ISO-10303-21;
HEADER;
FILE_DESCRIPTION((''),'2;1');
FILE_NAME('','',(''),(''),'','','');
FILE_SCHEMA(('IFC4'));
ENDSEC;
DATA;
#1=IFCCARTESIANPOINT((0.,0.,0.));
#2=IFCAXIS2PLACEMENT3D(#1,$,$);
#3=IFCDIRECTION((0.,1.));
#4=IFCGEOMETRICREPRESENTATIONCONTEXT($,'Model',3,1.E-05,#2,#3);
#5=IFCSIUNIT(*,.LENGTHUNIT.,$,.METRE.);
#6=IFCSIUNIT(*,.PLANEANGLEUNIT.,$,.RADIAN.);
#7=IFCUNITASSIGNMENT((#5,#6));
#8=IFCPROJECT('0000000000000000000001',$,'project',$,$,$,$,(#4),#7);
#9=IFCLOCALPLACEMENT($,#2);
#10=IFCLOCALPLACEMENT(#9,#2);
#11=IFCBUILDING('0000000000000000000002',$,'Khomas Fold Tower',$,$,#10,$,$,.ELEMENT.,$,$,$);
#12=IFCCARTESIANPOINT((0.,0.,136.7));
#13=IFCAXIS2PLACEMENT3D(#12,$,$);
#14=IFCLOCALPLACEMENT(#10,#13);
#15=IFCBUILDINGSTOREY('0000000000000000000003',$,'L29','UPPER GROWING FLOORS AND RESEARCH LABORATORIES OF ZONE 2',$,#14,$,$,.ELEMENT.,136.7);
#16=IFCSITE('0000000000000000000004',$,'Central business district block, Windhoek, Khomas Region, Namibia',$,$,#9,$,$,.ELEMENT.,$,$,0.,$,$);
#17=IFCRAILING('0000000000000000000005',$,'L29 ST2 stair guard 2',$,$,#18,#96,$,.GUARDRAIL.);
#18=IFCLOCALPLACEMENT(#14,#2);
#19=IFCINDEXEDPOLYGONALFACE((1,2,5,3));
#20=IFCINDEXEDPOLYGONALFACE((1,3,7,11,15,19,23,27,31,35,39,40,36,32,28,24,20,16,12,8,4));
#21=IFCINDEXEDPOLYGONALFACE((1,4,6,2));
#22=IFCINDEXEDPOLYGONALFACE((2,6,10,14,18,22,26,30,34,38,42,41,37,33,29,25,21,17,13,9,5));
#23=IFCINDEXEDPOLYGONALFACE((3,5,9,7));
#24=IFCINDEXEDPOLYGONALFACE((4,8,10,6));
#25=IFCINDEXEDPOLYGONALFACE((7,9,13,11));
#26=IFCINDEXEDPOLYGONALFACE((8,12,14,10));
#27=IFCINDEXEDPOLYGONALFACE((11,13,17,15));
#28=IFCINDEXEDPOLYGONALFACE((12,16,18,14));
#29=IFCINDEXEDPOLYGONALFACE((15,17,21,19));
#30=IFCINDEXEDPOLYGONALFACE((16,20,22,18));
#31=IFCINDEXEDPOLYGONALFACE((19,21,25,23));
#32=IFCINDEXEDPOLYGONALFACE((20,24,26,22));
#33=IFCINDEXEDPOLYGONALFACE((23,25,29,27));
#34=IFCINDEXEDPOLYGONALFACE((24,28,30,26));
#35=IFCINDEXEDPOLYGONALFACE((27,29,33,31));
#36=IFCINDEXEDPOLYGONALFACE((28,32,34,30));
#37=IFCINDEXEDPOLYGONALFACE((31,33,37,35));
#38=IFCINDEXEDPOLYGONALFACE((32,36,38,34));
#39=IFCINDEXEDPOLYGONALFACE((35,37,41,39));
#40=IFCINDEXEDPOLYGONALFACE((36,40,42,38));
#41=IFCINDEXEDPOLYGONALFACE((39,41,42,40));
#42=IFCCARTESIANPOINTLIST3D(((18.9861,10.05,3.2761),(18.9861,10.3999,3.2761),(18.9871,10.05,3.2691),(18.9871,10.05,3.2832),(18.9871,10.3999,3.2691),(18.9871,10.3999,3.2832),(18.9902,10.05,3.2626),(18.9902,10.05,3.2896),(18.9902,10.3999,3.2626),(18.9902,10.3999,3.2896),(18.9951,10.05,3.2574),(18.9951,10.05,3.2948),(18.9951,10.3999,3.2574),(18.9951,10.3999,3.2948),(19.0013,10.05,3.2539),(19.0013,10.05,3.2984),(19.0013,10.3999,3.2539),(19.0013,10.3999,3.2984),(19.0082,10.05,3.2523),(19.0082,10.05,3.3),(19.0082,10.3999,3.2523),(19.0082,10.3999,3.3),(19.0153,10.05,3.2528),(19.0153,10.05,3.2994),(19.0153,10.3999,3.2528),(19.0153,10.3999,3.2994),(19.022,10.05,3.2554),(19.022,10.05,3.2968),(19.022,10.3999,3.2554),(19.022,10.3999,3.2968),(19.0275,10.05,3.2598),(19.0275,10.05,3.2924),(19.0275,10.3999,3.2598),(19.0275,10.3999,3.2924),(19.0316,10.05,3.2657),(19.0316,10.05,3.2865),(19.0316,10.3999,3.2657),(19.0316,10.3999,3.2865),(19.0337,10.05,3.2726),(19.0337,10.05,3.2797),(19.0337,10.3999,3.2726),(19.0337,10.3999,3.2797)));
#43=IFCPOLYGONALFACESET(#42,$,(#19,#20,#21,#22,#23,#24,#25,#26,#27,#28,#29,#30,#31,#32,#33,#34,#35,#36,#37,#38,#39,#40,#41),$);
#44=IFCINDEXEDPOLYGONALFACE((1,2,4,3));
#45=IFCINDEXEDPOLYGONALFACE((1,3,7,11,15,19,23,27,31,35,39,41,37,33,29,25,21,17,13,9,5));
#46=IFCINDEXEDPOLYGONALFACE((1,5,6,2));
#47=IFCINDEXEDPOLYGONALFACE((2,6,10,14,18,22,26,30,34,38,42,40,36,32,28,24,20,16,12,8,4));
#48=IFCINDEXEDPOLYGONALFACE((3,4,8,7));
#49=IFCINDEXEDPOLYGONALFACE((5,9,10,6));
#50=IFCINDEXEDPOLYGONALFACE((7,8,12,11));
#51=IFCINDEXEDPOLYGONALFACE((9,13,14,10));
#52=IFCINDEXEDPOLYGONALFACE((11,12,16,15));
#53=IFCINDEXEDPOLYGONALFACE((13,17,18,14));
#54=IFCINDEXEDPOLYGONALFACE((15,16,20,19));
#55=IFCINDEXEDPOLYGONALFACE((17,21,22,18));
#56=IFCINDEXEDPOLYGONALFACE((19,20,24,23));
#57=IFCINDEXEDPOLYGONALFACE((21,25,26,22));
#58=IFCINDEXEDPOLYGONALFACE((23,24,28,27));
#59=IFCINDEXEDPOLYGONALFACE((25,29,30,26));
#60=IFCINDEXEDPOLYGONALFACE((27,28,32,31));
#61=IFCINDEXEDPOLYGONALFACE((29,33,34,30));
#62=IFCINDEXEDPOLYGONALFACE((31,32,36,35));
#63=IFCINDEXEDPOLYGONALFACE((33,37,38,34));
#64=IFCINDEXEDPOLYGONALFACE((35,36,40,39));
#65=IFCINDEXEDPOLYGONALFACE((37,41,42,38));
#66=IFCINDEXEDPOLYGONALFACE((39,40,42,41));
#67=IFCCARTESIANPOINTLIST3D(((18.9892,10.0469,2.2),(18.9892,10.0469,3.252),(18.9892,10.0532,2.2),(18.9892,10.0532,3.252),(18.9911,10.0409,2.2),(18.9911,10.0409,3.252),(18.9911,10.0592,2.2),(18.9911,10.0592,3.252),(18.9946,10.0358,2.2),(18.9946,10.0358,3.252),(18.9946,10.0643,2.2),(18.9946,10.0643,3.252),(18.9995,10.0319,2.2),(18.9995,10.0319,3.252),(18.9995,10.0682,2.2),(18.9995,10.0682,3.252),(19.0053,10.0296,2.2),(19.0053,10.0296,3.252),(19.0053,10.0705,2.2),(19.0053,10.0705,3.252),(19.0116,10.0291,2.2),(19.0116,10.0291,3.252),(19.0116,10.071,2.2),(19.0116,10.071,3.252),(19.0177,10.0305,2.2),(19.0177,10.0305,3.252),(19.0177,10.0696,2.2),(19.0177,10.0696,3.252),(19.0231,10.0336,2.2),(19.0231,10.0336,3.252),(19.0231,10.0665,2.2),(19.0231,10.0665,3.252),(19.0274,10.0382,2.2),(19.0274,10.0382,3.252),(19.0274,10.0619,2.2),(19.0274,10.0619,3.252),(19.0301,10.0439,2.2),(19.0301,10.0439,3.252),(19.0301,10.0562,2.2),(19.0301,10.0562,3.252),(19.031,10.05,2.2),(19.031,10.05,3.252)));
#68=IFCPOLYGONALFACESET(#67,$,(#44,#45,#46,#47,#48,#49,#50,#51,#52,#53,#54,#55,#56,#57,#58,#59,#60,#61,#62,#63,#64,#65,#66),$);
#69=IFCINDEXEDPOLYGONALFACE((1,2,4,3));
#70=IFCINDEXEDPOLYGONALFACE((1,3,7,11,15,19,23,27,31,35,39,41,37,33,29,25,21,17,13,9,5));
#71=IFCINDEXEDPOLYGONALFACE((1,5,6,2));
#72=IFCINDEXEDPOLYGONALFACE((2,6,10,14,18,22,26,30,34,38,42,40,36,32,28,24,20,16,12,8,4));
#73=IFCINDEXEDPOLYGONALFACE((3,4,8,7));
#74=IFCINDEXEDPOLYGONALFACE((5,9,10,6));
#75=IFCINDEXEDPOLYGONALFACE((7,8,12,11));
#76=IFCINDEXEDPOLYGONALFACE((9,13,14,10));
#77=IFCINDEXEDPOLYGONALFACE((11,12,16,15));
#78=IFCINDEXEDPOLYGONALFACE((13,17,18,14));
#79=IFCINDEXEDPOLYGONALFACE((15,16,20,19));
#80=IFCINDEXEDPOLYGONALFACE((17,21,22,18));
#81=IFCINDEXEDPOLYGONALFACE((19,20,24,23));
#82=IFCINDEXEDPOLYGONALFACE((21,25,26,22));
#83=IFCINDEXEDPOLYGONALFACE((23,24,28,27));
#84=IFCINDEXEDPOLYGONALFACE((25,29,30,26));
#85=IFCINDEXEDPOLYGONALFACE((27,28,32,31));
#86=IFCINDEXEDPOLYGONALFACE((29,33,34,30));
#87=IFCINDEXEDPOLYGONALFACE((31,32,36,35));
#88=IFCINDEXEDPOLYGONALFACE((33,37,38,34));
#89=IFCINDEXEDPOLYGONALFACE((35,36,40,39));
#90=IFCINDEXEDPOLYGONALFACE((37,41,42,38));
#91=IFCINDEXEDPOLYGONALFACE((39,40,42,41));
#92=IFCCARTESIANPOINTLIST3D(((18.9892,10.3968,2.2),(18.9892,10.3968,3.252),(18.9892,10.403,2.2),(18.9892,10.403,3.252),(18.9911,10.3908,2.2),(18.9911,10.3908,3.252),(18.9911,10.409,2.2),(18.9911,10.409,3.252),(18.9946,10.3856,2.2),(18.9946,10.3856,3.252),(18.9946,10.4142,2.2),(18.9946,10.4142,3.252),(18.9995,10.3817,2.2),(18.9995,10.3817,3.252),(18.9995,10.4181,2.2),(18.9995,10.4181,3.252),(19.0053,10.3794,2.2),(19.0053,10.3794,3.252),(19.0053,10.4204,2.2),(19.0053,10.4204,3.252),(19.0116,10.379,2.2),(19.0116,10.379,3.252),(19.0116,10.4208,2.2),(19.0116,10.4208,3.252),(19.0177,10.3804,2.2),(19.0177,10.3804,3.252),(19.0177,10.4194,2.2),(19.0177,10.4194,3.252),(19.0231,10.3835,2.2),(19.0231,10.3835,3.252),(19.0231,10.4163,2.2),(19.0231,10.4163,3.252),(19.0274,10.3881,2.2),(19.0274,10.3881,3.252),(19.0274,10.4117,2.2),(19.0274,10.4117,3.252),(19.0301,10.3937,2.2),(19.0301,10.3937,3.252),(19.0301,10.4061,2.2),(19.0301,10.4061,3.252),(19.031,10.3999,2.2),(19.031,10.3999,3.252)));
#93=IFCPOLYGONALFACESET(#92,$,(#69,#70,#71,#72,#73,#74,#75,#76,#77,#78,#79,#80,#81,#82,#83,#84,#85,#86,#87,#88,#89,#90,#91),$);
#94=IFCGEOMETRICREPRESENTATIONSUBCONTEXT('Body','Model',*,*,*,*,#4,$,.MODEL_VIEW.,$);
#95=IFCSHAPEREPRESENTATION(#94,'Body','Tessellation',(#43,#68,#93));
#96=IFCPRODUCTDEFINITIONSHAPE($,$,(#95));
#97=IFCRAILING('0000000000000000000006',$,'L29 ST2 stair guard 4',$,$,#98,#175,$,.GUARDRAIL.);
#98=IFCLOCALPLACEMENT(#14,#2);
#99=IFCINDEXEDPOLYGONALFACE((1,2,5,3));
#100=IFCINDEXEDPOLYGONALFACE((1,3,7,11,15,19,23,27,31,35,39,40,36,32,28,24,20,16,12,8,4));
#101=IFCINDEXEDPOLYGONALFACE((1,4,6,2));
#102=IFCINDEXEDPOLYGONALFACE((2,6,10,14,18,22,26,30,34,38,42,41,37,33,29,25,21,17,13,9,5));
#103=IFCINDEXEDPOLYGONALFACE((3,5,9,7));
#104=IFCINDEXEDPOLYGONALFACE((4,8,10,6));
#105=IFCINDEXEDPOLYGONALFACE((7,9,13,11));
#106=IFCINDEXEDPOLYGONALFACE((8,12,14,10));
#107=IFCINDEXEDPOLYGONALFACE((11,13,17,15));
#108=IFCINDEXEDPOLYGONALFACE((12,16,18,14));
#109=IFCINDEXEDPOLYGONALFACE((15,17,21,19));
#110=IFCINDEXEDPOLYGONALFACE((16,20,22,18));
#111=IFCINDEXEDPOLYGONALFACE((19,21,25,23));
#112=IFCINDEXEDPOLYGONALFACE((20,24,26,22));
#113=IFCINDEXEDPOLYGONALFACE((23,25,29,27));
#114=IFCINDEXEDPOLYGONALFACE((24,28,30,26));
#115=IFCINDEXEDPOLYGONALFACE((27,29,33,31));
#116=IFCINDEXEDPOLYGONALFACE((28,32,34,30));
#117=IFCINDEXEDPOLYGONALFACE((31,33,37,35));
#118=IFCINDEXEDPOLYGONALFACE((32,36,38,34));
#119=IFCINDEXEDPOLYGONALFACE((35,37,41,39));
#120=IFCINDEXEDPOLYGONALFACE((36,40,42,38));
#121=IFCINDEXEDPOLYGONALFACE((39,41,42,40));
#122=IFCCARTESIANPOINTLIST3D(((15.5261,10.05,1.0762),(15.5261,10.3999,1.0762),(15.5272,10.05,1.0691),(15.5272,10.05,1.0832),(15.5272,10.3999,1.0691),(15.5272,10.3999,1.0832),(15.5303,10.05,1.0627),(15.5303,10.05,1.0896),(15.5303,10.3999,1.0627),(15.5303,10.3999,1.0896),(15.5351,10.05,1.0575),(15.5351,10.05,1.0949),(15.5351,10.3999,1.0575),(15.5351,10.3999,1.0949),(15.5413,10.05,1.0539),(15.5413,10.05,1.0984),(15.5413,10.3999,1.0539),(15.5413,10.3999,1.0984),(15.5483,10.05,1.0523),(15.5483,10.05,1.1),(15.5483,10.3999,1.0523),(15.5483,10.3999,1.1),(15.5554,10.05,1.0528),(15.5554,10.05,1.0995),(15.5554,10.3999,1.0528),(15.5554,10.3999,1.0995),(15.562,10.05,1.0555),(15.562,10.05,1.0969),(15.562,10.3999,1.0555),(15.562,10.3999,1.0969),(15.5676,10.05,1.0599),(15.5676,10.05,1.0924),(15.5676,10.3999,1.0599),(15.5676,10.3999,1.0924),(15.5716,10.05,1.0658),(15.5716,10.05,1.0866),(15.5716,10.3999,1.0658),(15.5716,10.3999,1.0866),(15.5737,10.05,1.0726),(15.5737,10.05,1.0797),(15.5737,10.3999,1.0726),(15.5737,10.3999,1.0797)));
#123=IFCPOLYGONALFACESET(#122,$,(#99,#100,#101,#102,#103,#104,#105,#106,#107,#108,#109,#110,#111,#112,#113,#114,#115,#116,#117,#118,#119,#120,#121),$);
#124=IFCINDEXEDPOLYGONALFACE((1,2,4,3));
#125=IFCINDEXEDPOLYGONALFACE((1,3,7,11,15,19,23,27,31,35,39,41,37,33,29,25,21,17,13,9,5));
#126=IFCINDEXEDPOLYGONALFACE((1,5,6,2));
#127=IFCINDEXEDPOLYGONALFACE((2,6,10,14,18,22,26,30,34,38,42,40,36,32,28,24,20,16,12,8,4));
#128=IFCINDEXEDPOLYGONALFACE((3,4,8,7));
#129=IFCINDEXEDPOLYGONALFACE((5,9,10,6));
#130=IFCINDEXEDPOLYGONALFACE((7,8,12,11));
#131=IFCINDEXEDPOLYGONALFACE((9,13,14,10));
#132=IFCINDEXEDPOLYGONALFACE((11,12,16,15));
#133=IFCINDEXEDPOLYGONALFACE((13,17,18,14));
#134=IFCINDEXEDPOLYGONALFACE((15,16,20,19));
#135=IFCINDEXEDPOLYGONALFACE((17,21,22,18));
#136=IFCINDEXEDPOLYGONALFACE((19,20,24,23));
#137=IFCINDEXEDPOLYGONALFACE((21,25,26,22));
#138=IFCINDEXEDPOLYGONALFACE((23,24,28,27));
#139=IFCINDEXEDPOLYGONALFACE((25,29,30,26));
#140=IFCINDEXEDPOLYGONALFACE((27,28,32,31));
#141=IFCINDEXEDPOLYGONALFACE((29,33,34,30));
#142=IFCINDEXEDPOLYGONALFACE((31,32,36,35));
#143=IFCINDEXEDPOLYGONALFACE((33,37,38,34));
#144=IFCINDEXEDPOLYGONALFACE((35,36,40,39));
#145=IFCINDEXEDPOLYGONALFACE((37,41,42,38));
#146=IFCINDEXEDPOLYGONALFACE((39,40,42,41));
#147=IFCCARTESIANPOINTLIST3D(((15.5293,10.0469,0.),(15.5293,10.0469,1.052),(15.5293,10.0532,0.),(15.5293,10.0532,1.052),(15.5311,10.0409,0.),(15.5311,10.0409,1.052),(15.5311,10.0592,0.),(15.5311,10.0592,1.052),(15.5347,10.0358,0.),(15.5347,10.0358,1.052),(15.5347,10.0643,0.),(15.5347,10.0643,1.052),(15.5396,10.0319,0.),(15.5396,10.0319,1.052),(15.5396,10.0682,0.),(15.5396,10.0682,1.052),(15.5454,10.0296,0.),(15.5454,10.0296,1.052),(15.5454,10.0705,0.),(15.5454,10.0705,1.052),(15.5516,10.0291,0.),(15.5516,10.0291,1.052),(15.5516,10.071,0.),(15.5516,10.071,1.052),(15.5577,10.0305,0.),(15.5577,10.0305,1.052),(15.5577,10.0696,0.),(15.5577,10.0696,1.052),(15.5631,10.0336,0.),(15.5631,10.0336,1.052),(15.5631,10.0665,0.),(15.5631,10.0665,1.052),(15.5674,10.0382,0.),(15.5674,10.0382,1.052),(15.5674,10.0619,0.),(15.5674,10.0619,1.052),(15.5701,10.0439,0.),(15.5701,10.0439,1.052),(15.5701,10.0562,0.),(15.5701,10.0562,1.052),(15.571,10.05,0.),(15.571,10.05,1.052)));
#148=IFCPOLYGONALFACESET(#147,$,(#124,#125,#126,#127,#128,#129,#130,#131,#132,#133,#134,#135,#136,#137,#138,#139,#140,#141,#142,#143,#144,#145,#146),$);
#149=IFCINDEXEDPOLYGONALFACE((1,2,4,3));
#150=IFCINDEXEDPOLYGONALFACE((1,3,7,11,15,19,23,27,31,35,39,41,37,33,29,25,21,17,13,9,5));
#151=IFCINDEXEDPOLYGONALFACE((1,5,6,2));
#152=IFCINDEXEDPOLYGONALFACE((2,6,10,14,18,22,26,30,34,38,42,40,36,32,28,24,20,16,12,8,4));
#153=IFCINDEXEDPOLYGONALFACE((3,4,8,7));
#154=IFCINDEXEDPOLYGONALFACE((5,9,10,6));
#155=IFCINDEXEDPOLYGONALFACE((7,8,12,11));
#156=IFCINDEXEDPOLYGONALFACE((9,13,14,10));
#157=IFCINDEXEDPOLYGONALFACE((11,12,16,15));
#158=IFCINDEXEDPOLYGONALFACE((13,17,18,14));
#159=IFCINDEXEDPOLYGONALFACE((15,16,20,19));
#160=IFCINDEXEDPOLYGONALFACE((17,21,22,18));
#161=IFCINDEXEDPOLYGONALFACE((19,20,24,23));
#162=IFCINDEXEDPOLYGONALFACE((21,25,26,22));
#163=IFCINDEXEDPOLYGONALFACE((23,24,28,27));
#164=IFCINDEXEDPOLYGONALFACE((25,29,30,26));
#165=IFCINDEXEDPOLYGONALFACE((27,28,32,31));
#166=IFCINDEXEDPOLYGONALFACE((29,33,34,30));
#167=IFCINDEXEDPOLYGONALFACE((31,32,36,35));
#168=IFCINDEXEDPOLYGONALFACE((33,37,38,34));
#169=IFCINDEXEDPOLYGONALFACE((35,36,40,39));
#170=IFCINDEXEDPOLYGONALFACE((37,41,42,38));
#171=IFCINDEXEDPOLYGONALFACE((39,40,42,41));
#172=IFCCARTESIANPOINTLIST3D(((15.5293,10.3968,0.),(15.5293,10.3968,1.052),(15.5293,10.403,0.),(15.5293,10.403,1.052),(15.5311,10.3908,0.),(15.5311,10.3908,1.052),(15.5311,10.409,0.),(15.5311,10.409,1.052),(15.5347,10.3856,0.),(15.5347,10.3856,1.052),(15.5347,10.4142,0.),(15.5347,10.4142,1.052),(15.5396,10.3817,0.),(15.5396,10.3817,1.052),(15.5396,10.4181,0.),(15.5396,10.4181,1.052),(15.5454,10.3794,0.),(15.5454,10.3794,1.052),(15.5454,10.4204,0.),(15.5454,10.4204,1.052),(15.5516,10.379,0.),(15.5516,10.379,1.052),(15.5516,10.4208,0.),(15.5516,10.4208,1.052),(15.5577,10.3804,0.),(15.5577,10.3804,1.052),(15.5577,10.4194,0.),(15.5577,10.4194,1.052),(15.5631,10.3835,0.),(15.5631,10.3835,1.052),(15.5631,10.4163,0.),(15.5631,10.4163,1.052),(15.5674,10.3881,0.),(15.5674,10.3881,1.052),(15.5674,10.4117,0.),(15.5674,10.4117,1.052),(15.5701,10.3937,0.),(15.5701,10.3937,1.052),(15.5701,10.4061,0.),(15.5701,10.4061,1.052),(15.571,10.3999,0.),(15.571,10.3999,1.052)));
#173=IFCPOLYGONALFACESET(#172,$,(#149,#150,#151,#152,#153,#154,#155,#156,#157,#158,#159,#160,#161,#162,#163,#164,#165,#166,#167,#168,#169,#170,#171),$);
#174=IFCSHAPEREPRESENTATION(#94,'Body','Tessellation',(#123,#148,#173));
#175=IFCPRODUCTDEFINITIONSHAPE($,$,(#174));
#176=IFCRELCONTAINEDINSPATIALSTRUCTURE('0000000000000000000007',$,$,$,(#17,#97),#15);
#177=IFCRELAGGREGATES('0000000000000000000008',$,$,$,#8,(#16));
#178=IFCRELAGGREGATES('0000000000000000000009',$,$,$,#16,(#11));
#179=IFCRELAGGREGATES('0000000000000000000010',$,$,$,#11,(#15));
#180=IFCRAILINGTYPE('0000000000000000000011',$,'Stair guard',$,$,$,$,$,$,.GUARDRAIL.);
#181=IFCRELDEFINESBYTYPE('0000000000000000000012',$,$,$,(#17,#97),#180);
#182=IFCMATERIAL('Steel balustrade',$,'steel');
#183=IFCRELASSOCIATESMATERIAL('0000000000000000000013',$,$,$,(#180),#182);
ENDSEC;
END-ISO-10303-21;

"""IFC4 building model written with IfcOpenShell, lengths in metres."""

from ifc_helpers import new_model, si_unit, direction, frame, origin, origin_2d, place, context, subcontext, project, spatial, circle, extrude, source, transform, mapped, material, type_object, element, save


model = new_model("IFC4")

# Units and contexts
model_context = context("Model", 3, precision=1e-05, world=origin(), true_north=direction((0.0, 1.0)))
body_context = subcontext(model_context, "Body", "Model", "MODEL_VIEW")
ifc_project = project(units=[si_unit("LENGTHUNIT", "METRE"), si_unit("PLANEANGLEUNIT", "RADIAN")], contexts=[model_context])

# Site, building, storey
site_placement = place(None, origin())
site = spatial("IfcSite", under=ifc_project, at=site_placement, Name="Central business district block, Windhoek, Khomas Region, Namibia", CompositionType="ELEMENT", RefElevation=0.0)
building_placement = place(site_placement, origin())
building = spatial("IfcBuilding", under=site, at=building_placement, Name="Khomas Fold Tower", CompositionType="ELEMENT")
storey_placement = place(building_placement, frame((0.0, 0.0, 136.7)))
storey = spatial("IfcBuildingStorey", under=building, at=storey_placement, Name="L29", Description="UPPER GROWING FLOORS AND RESEARCH LABORATORIES OF ZONE 2", CompositionType="ELEMENT", Elevation=136.7)

# Railings
ifc_material_1 = material(Name="Steel balustrade", Category="steel")
railing_type_1 = type_object("IfcRailingType", Name="Stair guard", PredefinedType="GUARDRAIL", material=ifc_material_1)
shared_shape_1 = source(origin(), body_context, "Body", "SweptSolid", [
    extrude(circle(Radius=0.0239, at=origin_2d()), frame((0.0, 0.0, 1.0762), z_axis=(0.0, 1.0, 0.0), x_axis=(-1.0, 0.0, 0.0)), (0.0, 0.0, 1.0), 0.3499),
    extrude(circle(Radius=0.021, at=origin_2d()), origin(), (0.0, 0.0, 1.0), 1.052),
    extrude(circle(Radius=0.021, at=origin_2d()), frame((0.0, 0.3499, 0.0)), (0.0, 0.0, 1.0), 1.052),
])
for number, where, name in (
    (1, (19.01, 10.05, 2.2), "L29 ST2 stair guard 2"),
    (2, (15.55, 10.05, 0.0), "L29 ST2 stair guard 4"),
):
    element("IfcRailing", number, at=place(storey_placement, frame(where)), inside=storey, type_object=railing_type_1, Name=name, PredefinedType="GUARDRAIL", context=body_context, shape_type="MappedRepresentation", body=[
        mapped(shared_shape_1, transform((0.0, 0.0, 0.0))),
    ])

save(model, "model.ifc")
